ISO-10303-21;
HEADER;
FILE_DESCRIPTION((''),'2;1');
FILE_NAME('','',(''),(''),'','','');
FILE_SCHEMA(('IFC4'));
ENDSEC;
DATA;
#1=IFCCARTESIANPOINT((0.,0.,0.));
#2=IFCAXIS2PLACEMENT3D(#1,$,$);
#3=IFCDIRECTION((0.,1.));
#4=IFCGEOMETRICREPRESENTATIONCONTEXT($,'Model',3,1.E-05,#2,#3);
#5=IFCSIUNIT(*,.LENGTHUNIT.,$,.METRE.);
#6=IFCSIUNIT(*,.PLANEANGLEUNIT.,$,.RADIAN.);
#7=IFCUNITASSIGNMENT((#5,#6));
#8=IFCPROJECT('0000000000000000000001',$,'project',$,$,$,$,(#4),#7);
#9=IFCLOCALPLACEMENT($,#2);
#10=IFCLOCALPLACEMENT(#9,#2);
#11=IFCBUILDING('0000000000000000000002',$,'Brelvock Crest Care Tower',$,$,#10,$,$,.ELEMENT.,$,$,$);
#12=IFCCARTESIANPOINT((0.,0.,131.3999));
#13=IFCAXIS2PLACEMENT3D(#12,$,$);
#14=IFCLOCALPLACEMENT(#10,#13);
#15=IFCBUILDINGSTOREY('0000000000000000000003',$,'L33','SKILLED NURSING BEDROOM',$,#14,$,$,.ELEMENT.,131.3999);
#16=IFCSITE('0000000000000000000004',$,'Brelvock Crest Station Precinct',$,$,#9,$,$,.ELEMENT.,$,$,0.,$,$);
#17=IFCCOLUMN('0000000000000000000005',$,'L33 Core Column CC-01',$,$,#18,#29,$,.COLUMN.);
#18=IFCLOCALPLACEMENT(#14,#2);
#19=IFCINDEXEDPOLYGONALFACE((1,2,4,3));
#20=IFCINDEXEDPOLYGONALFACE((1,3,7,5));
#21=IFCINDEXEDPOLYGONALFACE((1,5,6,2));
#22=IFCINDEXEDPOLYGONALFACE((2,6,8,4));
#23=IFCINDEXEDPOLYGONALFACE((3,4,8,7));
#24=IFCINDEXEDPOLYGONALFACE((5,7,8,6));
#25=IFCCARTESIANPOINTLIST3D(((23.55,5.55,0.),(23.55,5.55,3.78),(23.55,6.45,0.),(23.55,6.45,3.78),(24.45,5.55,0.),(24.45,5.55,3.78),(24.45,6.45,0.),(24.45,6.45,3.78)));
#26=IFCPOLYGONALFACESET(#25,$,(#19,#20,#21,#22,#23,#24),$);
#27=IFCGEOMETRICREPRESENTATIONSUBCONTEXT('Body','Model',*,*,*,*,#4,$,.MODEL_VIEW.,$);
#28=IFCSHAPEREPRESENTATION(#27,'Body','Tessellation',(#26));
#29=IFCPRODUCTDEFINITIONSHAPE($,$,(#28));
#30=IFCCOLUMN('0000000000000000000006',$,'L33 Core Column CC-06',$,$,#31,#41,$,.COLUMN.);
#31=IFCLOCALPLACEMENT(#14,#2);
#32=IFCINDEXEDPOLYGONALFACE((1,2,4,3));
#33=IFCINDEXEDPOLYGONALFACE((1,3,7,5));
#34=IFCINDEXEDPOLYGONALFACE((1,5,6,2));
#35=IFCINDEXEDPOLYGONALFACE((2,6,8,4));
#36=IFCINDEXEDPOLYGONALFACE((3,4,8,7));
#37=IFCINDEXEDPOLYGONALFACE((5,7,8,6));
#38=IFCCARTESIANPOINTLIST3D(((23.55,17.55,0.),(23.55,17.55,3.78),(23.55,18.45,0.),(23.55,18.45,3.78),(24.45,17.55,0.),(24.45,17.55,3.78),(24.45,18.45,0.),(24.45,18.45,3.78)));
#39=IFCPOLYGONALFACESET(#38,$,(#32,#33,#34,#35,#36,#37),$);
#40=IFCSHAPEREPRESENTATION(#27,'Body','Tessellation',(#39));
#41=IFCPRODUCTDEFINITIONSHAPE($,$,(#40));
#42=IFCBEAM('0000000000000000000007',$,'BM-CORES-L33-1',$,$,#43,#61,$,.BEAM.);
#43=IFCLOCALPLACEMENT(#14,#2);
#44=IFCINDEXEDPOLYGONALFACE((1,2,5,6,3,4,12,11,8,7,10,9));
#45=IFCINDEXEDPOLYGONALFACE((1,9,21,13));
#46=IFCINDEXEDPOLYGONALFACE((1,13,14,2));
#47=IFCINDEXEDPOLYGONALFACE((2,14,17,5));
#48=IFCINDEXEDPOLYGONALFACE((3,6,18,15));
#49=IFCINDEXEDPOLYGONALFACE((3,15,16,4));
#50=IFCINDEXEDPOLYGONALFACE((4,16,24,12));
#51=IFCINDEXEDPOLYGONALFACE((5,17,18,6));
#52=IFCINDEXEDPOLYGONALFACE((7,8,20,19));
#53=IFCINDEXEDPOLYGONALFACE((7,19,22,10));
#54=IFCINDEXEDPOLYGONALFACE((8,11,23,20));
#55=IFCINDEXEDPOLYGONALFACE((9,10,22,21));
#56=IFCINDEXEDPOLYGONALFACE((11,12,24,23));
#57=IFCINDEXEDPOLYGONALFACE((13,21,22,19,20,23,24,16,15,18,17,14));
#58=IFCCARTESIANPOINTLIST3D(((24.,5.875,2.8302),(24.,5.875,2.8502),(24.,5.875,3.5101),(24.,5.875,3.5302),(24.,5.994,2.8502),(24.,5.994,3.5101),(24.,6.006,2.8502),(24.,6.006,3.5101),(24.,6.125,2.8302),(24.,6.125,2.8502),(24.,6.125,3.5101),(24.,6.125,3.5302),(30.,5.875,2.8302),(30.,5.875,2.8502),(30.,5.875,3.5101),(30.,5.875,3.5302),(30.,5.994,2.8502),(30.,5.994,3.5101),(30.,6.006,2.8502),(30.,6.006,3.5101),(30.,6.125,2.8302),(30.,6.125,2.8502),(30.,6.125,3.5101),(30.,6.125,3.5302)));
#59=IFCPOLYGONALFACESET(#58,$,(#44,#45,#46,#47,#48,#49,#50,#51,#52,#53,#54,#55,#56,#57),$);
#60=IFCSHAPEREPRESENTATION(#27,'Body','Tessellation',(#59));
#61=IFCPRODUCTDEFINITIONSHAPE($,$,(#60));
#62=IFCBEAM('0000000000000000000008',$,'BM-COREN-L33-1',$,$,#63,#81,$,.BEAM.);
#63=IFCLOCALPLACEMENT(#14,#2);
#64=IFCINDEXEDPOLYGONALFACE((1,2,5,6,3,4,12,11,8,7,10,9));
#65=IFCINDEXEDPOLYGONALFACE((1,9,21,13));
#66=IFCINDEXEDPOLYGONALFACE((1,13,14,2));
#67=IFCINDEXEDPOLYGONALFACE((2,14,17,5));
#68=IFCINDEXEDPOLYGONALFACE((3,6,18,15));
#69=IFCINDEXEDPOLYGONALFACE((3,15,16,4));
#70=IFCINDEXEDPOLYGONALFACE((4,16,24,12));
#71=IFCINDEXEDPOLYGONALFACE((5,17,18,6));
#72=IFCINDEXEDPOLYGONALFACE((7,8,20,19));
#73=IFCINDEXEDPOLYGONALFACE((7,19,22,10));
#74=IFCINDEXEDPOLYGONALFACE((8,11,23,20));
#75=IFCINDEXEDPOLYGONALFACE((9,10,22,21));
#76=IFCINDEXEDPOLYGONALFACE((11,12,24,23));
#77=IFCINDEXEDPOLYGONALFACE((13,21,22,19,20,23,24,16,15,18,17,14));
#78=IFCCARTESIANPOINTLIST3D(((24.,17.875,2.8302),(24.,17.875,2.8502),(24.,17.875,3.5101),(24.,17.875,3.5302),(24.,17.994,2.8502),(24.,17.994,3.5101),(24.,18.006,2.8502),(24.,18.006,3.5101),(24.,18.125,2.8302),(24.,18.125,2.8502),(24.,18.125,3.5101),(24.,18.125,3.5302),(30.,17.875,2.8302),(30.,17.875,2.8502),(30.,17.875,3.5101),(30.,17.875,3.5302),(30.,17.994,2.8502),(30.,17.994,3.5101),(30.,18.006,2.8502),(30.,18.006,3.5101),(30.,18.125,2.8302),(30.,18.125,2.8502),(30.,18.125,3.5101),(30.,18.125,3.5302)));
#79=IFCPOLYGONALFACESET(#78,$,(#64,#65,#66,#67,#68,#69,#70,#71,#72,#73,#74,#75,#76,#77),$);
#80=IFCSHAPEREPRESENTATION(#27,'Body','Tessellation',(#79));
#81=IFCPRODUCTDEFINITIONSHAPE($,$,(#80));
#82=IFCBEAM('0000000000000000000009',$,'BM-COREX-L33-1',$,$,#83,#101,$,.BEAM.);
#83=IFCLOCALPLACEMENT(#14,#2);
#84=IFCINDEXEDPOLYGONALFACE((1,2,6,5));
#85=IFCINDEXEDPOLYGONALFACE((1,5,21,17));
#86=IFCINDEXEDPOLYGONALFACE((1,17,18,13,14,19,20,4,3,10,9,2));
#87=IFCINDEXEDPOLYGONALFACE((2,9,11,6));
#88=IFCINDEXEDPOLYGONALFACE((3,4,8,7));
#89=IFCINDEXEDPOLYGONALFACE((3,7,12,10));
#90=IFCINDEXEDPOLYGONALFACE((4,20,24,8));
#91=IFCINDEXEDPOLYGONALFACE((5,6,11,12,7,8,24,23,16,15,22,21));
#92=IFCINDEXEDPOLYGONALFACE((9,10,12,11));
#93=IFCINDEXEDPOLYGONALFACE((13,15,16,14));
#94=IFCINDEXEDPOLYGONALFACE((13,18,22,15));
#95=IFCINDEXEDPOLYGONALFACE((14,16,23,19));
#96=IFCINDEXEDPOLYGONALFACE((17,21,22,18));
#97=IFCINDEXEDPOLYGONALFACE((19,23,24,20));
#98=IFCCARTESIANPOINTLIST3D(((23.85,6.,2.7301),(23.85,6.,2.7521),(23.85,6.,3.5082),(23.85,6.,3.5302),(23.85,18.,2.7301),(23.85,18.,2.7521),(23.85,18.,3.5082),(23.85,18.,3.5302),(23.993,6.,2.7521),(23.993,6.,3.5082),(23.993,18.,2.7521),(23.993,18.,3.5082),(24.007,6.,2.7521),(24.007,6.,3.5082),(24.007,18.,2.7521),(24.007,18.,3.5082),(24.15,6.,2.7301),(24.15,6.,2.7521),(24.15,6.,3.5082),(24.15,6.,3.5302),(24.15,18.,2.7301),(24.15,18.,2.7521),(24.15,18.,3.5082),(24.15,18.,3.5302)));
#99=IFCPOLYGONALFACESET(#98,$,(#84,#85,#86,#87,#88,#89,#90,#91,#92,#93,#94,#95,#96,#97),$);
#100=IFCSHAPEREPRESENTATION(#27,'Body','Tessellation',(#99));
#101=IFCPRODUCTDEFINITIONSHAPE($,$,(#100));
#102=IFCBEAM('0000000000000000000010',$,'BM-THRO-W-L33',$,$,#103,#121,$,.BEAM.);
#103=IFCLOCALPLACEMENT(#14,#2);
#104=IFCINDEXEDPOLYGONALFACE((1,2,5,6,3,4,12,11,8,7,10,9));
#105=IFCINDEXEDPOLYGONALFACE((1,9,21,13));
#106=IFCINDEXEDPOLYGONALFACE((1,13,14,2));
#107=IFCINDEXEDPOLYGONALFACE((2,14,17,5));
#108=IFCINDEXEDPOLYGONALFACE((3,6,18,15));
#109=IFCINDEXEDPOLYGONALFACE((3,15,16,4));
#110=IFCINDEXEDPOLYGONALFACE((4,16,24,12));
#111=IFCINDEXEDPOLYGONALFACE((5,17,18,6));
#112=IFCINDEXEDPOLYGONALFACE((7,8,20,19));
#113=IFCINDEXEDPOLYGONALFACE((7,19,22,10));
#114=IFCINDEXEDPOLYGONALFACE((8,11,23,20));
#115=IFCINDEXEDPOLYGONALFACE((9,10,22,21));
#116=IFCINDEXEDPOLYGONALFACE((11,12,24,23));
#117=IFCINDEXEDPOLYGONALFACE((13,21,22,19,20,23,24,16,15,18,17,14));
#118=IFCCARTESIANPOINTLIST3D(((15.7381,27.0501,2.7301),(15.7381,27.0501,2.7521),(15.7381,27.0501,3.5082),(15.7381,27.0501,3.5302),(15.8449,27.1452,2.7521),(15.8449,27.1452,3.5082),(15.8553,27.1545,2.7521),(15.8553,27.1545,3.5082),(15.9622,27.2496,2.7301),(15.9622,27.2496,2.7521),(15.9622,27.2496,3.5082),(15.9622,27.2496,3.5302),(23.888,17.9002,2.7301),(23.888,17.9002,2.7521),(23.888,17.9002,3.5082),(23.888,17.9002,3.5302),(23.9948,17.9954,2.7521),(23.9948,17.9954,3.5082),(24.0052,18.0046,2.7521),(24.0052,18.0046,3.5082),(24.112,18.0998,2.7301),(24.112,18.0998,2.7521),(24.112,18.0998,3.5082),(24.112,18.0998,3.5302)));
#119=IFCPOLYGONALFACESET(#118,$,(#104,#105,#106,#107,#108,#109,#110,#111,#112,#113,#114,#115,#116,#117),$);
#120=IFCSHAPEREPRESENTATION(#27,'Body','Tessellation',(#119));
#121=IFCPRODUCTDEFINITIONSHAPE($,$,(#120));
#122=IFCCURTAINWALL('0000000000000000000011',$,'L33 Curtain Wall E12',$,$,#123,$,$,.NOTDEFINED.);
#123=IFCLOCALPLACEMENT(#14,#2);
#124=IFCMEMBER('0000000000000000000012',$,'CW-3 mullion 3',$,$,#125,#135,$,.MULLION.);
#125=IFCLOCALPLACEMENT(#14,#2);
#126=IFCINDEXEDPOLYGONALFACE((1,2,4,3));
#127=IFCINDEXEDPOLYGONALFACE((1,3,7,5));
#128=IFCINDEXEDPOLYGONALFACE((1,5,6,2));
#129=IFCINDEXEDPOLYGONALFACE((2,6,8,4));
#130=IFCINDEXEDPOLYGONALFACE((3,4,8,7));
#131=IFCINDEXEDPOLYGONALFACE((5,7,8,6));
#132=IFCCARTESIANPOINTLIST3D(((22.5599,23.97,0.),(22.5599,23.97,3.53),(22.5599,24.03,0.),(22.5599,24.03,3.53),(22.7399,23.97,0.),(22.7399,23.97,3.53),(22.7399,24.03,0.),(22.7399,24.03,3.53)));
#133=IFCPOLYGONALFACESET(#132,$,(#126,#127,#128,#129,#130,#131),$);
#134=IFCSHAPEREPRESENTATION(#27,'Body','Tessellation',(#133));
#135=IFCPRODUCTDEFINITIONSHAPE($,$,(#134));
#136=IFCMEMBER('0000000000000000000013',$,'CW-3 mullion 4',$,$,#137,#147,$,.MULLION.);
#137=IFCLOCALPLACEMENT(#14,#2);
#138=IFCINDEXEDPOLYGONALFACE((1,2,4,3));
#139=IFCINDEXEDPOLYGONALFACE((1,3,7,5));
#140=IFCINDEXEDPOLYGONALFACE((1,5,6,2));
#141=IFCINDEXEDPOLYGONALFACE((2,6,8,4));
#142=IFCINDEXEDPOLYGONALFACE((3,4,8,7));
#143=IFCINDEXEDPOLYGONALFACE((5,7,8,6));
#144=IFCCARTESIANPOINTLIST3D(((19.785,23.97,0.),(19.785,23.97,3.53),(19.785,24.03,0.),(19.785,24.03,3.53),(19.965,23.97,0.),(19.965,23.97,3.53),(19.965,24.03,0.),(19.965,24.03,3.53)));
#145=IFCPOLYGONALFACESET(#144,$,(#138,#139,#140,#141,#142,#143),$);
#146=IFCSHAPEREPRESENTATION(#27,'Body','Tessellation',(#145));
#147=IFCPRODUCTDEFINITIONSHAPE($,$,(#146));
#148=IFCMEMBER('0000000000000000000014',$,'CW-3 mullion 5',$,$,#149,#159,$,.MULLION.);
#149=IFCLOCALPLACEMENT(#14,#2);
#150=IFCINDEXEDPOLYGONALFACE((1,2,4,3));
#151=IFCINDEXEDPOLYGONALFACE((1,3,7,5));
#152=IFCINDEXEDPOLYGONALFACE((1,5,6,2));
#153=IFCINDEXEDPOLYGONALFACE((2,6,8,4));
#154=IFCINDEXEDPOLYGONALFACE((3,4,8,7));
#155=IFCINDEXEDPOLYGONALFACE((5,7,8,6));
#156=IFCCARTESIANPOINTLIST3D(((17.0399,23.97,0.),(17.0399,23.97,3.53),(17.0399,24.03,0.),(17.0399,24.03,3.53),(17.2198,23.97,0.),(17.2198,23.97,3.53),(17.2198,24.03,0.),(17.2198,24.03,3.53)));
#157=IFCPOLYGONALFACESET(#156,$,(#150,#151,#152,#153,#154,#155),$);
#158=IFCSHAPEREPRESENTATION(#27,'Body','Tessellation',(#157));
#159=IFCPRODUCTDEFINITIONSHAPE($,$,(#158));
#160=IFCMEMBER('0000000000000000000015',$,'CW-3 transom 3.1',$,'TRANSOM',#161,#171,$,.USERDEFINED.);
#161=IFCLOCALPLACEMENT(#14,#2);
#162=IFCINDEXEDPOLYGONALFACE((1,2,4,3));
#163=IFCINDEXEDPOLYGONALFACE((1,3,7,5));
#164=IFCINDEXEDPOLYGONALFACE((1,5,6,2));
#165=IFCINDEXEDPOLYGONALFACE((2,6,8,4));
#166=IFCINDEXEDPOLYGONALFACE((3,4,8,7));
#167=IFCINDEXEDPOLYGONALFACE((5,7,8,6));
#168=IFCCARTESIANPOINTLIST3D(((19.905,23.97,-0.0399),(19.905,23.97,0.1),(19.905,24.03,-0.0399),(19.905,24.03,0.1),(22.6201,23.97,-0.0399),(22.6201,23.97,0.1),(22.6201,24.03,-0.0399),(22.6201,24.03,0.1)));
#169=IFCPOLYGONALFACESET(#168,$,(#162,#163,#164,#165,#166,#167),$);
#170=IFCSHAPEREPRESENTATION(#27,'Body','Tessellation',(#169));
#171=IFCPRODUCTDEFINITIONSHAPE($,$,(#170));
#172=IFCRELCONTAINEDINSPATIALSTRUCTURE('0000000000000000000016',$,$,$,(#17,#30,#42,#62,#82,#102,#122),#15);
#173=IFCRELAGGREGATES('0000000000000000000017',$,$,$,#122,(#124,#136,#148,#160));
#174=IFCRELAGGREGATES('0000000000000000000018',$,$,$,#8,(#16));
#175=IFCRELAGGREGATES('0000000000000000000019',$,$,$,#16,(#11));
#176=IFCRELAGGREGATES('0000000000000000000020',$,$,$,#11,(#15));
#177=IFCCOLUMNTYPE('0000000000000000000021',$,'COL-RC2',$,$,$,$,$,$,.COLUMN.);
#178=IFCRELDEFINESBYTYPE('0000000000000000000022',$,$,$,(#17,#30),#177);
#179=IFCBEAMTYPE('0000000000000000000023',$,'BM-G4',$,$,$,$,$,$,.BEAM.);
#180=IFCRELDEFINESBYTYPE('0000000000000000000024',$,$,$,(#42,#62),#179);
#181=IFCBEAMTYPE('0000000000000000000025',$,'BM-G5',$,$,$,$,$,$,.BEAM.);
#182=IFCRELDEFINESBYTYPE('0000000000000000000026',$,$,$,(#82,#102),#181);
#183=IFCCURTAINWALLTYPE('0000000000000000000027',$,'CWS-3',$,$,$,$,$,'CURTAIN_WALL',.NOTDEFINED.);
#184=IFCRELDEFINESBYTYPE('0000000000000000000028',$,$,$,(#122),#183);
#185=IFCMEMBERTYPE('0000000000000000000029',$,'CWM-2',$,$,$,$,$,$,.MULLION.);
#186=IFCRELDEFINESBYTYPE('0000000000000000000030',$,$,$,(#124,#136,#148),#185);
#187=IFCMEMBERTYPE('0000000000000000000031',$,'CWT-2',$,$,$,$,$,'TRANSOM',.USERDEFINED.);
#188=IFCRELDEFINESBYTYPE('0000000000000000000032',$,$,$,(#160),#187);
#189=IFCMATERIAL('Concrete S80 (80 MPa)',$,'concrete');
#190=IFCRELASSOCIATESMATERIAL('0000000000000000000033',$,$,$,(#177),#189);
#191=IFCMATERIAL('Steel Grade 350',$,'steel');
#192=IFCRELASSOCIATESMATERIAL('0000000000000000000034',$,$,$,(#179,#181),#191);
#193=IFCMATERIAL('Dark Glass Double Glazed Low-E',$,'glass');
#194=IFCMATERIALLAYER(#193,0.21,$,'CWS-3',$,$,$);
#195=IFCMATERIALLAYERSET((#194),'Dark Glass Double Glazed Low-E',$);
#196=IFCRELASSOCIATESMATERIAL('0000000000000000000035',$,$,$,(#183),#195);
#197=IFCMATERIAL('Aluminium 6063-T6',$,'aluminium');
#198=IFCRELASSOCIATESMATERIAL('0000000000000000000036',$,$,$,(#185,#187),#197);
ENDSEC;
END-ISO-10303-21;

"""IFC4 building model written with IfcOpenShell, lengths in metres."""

from ifc_helpers import new_model, si_unit, direction, frame, origin, origin_2d, place, context, subcontext, project, spatial, rectangle, i_section, extrude, source, transform, mapped, material, layer, layer_set, material_profile, profile_set, type_object, element, aggregate, save


model = new_model("IFC4")

# Units and contexts
model_context = context("Model", 3, precision=1e-05, world=origin(), true_north=direction((0.0, 1.0)))
body_context = subcontext(model_context, "Body", "Model", "MODEL_VIEW")
ifc_project = project(units=[si_unit("LENGTHUNIT", "METRE"), si_unit("PLANEANGLEUNIT", "RADIAN")], contexts=[model_context])

# Site, building, storey
site_placement = place(None, origin())
site = spatial("IfcSite", under=ifc_project, at=site_placement, Name="Brelvock Crest Station Precinct", CompositionType="ELEMENT", RefElevation=0.0)
building_placement = place(site_placement, origin())
building = spatial("IfcBuilding", under=site, at=building_placement, Name="Brelvock Crest Care Tower", CompositionType="ELEMENT")
storey_placement = place(building_placement, frame((0.0, 0.0, 131.3999)))
storey = spatial("IfcBuildingStorey", under=building, at=storey_placement, Name="L33", Description="SKILLED NURSING BEDROOM", CompositionType="ELEMENT", Elevation=131.3999)

# Columns
ifc_material_1 = material(Name="Concrete S80 (80 MPa)", Category="concrete")
ifc_material_profile_1 = material_profile(ifc_material_1, rectangle(XDim=0.8999, YDim=0.8999, at=origin_2d()), Name="RC900x900")
ifc_profile_set_1 = profile_set([ifc_material_profile_1], Name="Concrete S80 (80 MPa)")
column_type = type_object("IfcColumnType", Name="COL-RC2", PredefinedType="COLUMN", material=ifc_profile_set_1)
shared_shape_1 = source(origin(), body_context, "Body", "SweptSolid", [
    extrude(rectangle(XDim=0.8999, YDim=0.8999, at=origin_2d()), origin(), (0.0, 0.0, 1.0), 3.78),
])
for number, where, z_axis, x_axis, name in (
    (1, (24.0, 6.0, 0.0), (0.0, 0.0, 1.0), (1.0, 0.0, 0.0), "L33 Core Column CC-01"),
    (2, (24.0, 18.0, 0.0), (0.0, 0.0, 1.0), (1.0, 0.0, 0.0), "L33 Core Column CC-06"),
):
    element("IfcColumn", number, at=place(storey_placement, frame(where, z_axis=z_axis, x_axis=x_axis)), inside=storey, type_object=column_type, Name=name, PredefinedType="COLUMN", context=body_context, shape_type="MappedRepresentation", body=[
        mapped(shared_shape_1, transform((0.0, 0.0, 0.0), x_axis=(1.0, 0.0, 0.0), y_axis=(0.0, 1.0, 0.0), z_axis=(0.0, 0.0, 1.0), scale=1.0)),
    ])

# Beams
ifc_material_2 = material(Name="Steel Grade 350", Category="steel")
ifc_material_profile_2 = material_profile(ifc_material_2, i_section(OverallWidth=0.25, OverallDepth=0.7, WebThickness=0.012, FlangeThickness=0.02, at=origin_2d()), Name="700WB150")
ifc_profile_set_2 = profile_set([ifc_material_profile_2], Name="Steel Grade 350")
beam_type_1 = type_object("IfcBeamType", Name="BM-G4", PredefinedType="BEAM", material=ifc_profile_set_2)
shared_shape_2 = source(origin(), body_context, "Body", "SweptSolid", [
    extrude(i_section(OverallWidth=0.25, OverallDepth=0.7, WebThickness=0.012, FlangeThickness=0.02, at=origin_2d()), origin(), (0.0, 0.0, 1.0), 6.0),
])
for number, where, z_axis, x_axis, name in (
    (3, (24.0, 6.0, 3.1802), (1.0, 0.0, 0.0), (0.0, 1.0, 0.0), "BM-CORES-L33-1"),
    (4, (24.0, 18.0, 3.1802), (1.0, 0.0, 0.0), (0.0, 1.0, 0.0), "BM-COREN-L33-1"),
):
    element("IfcBeam", number, at=place(storey_placement, frame(where, z_axis=z_axis, x_axis=x_axis)), inside=storey, type_object=beam_type_1, Name=name, PredefinedType="BEAM", context=body_context, shape_type="MappedRepresentation", body=[
        mapped(shared_shape_2, transform((0.0, 0.0, 0.0), x_axis=(1.0, 0.0, 0.0), y_axis=(0.0, 1.0, 0.0), z_axis=(0.0, 0.0, 1.0), scale=1.0)),
    ])
ifc_material_profile_3 = material_profile(ifc_material_2, i_section(OverallWidth=0.3, OverallDepth=0.8, WebThickness=0.0139, FlangeThickness=0.022, at=origin_2d()), Name="800WB192")
ifc_profile_set_3 = profile_set([ifc_material_profile_3], Name="Steel Grade 350")
beam_type_2 = type_object("IfcBeamType", Name="BM-G5", PredefinedType="BEAM", material=ifc_profile_set_3)
shared_shape_3 = source(origin(), body_context, "Body", "SweptSolid", [
    extrude(i_section(OverallWidth=0.3, OverallDepth=0.8, WebThickness=0.0139, FlangeThickness=0.022, at=origin_2d()), origin(), (0.0, 0.0, 1.0), 12.0),
])
beam_1_placement = place(storey_placement, frame((24.0, 6.0, 3.1301), z_axis=(0.0, 1.0, 0.0), x_axis=(-1.0, 0.0, 0.0)))
element("IfcBeam", 5, at=beam_1_placement, inside=storey, type_object=beam_type_2, Name="BM-COREX-L33-1", PredefinedType="BEAM", context=body_context, shape_type="MappedRepresentation", body=[
    mapped(shared_shape_3, transform((0.0, 0.0, 0.0), x_axis=(1.0, 0.0, 0.0), y_axis=(0.0, 1.0, 0.0), z_axis=(0.0, 0.0, 1.0), scale=1.0)),
])
shared_shape_4 = source(origin(), body_context, "Body", "SweptSolid", [
    extrude(i_section(OverallWidth=0.3, OverallDepth=0.8, WebThickness=0.0139, FlangeThickness=0.022, at=origin_2d()), origin(), (0.0, 0.0, 1.0), 12.2532),
])
beam_2_placement = place(storey_placement, frame((24.0, 18.0, 3.1301), z_axis=(-0.665123, 0.746734, 0.0), x_axis=(-0.746734, -0.665123, 0.0)))
element("IfcBeam", 6, at=beam_2_placement, inside=storey, type_object=beam_type_2, Name="BM-THRO-W-L33", PredefinedType="BEAM", context=body_context, shape_type="MappedRepresentation", body=[
    mapped(shared_shape_4, transform((0.0, 0.0, 0.0), x_axis=(1.0, 0.0, 0.0), y_axis=(0.0, 1.0, 0.0), z_axis=(0.0, 0.0, 1.0), scale=1.0)),
])

# Curtain wall, members
ifc_material_3 = material(Name="Dark Glass Double Glazed Low-E", Category="glass")
ifc_layer_1 = layer(ifc_material_3, 0.21, Name="CWS-3")
ifc_layer_set_1 = layer_set([ifc_layer_1], Name="Dark Glass Double Glazed Low-E")
curtain_wall_type = type_object("IfcCurtainWallType", Name="CWS-3", ElementType="CURTAIN_WALL", PredefinedType="NOTDEFINED", material=ifc_layer_set_1)
curtain_wall_placement = place(storey_placement, origin())
curtain_wall = element("IfcCurtainWall", 7, at=curtain_wall_placement, inside=storey, type_object=curtain_wall_type, Name="L33 Curtain Wall E12", PredefinedType="NOTDEFINED")
ifc_material_4 = material(Name="Aluminium 6063-T6", Category="aluminium")
ifc_material_profile_4 = material_profile(ifc_material_4, rectangle(XDim=0.0601, YDim=0.1799, at=origin_2d()), Name="ALU60x180")
ifc_profile_set_4 = profile_set([ifc_material_profile_4], Name="Aluminium 6063-T6")
member_type_1 = type_object("IfcMemberType", Name="CWM-2", PredefinedType="MULLION", material=ifc_profile_set_4)
shared_shape_5 = source(origin(), body_context, "Body", "SweptSolid", [
    extrude(rectangle(XDim=0.0601, YDim=0.1799, at=origin_2d()), origin(), (0.0, 0.0, 1.0), 3.53),
])
member_1_placement = place(storey_placement, frame((22.6499, 24.0, 0.0), z_axis=(0.0, 0.0, 1.0), x_axis=(0.0, -1.0, 0.0)))
member_1 = element("IfcMember", 8, at=member_1_placement, type_object=member_type_1, Name="CW-3 mullion 3", PredefinedType="MULLION", context=body_context, shape_type="MappedRepresentation", body=[
    mapped(shared_shape_5, transform((0.0, 0.0, 0.0), x_axis=(1.0, 0.0, 0.0), y_axis=(0.0, 1.0, 0.0), z_axis=(0.0, 0.0, 1.0), scale=1.0)),
])
member_2_placement = place(storey_placement, frame((19.875, 24.0, 0.0), z_axis=(0.0, 0.0, 1.0), x_axis=(0.0, -1.0, 0.0)))
member_2 = element("IfcMember", 9, at=member_2_placement, type_object=member_type_1, Name="CW-3 mullion 4", PredefinedType="MULLION", context=body_context, shape_type="MappedRepresentation", body=[
    mapped(shared_shape_5, transform((0.0, 0.0, 0.0), x_axis=(1.0, 0.0, 0.0), y_axis=(0.0, 1.0, 0.0), z_axis=(0.0, 0.0, 1.0), scale=1.0)),
])
member_3_placement = place(storey_placement, frame((17.1299, 24.0, 0.0), z_axis=(0.0, 0.0, 1.0), x_axis=(0.0, -1.0, 0.0)))
member_3 = element("IfcMember", 10, at=member_3_placement, type_object=member_type_1, Name="CW-3 mullion 5", PredefinedType="MULLION", context=body_context, shape_type="MappedRepresentation", body=[
    mapped(shared_shape_5, transform((0.0, 0.0, 0.0), x_axis=(1.0, 0.0, 0.0), y_axis=(0.0, 1.0, 0.0), z_axis=(0.0, 0.0, 1.0), scale=1.0)),
])
ifc_material_profile_5 = material_profile(ifc_material_4, rectangle(XDim=0.0601, YDim=0.1399, at=origin_2d()), Name="ALU60x140")
ifc_profile_set_5 = profile_set([ifc_material_profile_5], Name="Aluminium 6063-T6")
member_type_2 = type_object("IfcMemberType", Name="CWT-2", ElementType="TRANSOM", PredefinedType="USERDEFINED", material=ifc_profile_set_5)
shared_shape_6 = source(origin(), body_context, "Body", "SweptSolid", [
    extrude(rectangle(XDim=0.0601, YDim=0.1399, at=origin_2d()), origin(), (0.0, 0.0, 1.0), 2.7151),
])
member_4_placement = place(storey_placement, frame((22.6201, 24.0, 0.03), z_axis=(-1.0, 0.0, 0.0), x_axis=(0.0, -1.0, 0.0)))
member_4 = element("IfcMember", 11, at=member_4_placement, type_object=member_type_2, Name="CW-3 transom 3.1", ObjectType="TRANSOM", PredefinedType="USERDEFINED", context=body_context, shape_type="MappedRepresentation", body=[
    mapped(shared_shape_6, transform((0.0, 0.0, 0.0), x_axis=(1.0, 0.0, 0.0), y_axis=(0.0, 1.0, 0.0), z_axis=(0.0, 0.0, 1.0), scale=1.0)),
])

aggregate(curtain_wall, [member_1, member_2, member_3, member_4])

save(model, "model.ifc")
